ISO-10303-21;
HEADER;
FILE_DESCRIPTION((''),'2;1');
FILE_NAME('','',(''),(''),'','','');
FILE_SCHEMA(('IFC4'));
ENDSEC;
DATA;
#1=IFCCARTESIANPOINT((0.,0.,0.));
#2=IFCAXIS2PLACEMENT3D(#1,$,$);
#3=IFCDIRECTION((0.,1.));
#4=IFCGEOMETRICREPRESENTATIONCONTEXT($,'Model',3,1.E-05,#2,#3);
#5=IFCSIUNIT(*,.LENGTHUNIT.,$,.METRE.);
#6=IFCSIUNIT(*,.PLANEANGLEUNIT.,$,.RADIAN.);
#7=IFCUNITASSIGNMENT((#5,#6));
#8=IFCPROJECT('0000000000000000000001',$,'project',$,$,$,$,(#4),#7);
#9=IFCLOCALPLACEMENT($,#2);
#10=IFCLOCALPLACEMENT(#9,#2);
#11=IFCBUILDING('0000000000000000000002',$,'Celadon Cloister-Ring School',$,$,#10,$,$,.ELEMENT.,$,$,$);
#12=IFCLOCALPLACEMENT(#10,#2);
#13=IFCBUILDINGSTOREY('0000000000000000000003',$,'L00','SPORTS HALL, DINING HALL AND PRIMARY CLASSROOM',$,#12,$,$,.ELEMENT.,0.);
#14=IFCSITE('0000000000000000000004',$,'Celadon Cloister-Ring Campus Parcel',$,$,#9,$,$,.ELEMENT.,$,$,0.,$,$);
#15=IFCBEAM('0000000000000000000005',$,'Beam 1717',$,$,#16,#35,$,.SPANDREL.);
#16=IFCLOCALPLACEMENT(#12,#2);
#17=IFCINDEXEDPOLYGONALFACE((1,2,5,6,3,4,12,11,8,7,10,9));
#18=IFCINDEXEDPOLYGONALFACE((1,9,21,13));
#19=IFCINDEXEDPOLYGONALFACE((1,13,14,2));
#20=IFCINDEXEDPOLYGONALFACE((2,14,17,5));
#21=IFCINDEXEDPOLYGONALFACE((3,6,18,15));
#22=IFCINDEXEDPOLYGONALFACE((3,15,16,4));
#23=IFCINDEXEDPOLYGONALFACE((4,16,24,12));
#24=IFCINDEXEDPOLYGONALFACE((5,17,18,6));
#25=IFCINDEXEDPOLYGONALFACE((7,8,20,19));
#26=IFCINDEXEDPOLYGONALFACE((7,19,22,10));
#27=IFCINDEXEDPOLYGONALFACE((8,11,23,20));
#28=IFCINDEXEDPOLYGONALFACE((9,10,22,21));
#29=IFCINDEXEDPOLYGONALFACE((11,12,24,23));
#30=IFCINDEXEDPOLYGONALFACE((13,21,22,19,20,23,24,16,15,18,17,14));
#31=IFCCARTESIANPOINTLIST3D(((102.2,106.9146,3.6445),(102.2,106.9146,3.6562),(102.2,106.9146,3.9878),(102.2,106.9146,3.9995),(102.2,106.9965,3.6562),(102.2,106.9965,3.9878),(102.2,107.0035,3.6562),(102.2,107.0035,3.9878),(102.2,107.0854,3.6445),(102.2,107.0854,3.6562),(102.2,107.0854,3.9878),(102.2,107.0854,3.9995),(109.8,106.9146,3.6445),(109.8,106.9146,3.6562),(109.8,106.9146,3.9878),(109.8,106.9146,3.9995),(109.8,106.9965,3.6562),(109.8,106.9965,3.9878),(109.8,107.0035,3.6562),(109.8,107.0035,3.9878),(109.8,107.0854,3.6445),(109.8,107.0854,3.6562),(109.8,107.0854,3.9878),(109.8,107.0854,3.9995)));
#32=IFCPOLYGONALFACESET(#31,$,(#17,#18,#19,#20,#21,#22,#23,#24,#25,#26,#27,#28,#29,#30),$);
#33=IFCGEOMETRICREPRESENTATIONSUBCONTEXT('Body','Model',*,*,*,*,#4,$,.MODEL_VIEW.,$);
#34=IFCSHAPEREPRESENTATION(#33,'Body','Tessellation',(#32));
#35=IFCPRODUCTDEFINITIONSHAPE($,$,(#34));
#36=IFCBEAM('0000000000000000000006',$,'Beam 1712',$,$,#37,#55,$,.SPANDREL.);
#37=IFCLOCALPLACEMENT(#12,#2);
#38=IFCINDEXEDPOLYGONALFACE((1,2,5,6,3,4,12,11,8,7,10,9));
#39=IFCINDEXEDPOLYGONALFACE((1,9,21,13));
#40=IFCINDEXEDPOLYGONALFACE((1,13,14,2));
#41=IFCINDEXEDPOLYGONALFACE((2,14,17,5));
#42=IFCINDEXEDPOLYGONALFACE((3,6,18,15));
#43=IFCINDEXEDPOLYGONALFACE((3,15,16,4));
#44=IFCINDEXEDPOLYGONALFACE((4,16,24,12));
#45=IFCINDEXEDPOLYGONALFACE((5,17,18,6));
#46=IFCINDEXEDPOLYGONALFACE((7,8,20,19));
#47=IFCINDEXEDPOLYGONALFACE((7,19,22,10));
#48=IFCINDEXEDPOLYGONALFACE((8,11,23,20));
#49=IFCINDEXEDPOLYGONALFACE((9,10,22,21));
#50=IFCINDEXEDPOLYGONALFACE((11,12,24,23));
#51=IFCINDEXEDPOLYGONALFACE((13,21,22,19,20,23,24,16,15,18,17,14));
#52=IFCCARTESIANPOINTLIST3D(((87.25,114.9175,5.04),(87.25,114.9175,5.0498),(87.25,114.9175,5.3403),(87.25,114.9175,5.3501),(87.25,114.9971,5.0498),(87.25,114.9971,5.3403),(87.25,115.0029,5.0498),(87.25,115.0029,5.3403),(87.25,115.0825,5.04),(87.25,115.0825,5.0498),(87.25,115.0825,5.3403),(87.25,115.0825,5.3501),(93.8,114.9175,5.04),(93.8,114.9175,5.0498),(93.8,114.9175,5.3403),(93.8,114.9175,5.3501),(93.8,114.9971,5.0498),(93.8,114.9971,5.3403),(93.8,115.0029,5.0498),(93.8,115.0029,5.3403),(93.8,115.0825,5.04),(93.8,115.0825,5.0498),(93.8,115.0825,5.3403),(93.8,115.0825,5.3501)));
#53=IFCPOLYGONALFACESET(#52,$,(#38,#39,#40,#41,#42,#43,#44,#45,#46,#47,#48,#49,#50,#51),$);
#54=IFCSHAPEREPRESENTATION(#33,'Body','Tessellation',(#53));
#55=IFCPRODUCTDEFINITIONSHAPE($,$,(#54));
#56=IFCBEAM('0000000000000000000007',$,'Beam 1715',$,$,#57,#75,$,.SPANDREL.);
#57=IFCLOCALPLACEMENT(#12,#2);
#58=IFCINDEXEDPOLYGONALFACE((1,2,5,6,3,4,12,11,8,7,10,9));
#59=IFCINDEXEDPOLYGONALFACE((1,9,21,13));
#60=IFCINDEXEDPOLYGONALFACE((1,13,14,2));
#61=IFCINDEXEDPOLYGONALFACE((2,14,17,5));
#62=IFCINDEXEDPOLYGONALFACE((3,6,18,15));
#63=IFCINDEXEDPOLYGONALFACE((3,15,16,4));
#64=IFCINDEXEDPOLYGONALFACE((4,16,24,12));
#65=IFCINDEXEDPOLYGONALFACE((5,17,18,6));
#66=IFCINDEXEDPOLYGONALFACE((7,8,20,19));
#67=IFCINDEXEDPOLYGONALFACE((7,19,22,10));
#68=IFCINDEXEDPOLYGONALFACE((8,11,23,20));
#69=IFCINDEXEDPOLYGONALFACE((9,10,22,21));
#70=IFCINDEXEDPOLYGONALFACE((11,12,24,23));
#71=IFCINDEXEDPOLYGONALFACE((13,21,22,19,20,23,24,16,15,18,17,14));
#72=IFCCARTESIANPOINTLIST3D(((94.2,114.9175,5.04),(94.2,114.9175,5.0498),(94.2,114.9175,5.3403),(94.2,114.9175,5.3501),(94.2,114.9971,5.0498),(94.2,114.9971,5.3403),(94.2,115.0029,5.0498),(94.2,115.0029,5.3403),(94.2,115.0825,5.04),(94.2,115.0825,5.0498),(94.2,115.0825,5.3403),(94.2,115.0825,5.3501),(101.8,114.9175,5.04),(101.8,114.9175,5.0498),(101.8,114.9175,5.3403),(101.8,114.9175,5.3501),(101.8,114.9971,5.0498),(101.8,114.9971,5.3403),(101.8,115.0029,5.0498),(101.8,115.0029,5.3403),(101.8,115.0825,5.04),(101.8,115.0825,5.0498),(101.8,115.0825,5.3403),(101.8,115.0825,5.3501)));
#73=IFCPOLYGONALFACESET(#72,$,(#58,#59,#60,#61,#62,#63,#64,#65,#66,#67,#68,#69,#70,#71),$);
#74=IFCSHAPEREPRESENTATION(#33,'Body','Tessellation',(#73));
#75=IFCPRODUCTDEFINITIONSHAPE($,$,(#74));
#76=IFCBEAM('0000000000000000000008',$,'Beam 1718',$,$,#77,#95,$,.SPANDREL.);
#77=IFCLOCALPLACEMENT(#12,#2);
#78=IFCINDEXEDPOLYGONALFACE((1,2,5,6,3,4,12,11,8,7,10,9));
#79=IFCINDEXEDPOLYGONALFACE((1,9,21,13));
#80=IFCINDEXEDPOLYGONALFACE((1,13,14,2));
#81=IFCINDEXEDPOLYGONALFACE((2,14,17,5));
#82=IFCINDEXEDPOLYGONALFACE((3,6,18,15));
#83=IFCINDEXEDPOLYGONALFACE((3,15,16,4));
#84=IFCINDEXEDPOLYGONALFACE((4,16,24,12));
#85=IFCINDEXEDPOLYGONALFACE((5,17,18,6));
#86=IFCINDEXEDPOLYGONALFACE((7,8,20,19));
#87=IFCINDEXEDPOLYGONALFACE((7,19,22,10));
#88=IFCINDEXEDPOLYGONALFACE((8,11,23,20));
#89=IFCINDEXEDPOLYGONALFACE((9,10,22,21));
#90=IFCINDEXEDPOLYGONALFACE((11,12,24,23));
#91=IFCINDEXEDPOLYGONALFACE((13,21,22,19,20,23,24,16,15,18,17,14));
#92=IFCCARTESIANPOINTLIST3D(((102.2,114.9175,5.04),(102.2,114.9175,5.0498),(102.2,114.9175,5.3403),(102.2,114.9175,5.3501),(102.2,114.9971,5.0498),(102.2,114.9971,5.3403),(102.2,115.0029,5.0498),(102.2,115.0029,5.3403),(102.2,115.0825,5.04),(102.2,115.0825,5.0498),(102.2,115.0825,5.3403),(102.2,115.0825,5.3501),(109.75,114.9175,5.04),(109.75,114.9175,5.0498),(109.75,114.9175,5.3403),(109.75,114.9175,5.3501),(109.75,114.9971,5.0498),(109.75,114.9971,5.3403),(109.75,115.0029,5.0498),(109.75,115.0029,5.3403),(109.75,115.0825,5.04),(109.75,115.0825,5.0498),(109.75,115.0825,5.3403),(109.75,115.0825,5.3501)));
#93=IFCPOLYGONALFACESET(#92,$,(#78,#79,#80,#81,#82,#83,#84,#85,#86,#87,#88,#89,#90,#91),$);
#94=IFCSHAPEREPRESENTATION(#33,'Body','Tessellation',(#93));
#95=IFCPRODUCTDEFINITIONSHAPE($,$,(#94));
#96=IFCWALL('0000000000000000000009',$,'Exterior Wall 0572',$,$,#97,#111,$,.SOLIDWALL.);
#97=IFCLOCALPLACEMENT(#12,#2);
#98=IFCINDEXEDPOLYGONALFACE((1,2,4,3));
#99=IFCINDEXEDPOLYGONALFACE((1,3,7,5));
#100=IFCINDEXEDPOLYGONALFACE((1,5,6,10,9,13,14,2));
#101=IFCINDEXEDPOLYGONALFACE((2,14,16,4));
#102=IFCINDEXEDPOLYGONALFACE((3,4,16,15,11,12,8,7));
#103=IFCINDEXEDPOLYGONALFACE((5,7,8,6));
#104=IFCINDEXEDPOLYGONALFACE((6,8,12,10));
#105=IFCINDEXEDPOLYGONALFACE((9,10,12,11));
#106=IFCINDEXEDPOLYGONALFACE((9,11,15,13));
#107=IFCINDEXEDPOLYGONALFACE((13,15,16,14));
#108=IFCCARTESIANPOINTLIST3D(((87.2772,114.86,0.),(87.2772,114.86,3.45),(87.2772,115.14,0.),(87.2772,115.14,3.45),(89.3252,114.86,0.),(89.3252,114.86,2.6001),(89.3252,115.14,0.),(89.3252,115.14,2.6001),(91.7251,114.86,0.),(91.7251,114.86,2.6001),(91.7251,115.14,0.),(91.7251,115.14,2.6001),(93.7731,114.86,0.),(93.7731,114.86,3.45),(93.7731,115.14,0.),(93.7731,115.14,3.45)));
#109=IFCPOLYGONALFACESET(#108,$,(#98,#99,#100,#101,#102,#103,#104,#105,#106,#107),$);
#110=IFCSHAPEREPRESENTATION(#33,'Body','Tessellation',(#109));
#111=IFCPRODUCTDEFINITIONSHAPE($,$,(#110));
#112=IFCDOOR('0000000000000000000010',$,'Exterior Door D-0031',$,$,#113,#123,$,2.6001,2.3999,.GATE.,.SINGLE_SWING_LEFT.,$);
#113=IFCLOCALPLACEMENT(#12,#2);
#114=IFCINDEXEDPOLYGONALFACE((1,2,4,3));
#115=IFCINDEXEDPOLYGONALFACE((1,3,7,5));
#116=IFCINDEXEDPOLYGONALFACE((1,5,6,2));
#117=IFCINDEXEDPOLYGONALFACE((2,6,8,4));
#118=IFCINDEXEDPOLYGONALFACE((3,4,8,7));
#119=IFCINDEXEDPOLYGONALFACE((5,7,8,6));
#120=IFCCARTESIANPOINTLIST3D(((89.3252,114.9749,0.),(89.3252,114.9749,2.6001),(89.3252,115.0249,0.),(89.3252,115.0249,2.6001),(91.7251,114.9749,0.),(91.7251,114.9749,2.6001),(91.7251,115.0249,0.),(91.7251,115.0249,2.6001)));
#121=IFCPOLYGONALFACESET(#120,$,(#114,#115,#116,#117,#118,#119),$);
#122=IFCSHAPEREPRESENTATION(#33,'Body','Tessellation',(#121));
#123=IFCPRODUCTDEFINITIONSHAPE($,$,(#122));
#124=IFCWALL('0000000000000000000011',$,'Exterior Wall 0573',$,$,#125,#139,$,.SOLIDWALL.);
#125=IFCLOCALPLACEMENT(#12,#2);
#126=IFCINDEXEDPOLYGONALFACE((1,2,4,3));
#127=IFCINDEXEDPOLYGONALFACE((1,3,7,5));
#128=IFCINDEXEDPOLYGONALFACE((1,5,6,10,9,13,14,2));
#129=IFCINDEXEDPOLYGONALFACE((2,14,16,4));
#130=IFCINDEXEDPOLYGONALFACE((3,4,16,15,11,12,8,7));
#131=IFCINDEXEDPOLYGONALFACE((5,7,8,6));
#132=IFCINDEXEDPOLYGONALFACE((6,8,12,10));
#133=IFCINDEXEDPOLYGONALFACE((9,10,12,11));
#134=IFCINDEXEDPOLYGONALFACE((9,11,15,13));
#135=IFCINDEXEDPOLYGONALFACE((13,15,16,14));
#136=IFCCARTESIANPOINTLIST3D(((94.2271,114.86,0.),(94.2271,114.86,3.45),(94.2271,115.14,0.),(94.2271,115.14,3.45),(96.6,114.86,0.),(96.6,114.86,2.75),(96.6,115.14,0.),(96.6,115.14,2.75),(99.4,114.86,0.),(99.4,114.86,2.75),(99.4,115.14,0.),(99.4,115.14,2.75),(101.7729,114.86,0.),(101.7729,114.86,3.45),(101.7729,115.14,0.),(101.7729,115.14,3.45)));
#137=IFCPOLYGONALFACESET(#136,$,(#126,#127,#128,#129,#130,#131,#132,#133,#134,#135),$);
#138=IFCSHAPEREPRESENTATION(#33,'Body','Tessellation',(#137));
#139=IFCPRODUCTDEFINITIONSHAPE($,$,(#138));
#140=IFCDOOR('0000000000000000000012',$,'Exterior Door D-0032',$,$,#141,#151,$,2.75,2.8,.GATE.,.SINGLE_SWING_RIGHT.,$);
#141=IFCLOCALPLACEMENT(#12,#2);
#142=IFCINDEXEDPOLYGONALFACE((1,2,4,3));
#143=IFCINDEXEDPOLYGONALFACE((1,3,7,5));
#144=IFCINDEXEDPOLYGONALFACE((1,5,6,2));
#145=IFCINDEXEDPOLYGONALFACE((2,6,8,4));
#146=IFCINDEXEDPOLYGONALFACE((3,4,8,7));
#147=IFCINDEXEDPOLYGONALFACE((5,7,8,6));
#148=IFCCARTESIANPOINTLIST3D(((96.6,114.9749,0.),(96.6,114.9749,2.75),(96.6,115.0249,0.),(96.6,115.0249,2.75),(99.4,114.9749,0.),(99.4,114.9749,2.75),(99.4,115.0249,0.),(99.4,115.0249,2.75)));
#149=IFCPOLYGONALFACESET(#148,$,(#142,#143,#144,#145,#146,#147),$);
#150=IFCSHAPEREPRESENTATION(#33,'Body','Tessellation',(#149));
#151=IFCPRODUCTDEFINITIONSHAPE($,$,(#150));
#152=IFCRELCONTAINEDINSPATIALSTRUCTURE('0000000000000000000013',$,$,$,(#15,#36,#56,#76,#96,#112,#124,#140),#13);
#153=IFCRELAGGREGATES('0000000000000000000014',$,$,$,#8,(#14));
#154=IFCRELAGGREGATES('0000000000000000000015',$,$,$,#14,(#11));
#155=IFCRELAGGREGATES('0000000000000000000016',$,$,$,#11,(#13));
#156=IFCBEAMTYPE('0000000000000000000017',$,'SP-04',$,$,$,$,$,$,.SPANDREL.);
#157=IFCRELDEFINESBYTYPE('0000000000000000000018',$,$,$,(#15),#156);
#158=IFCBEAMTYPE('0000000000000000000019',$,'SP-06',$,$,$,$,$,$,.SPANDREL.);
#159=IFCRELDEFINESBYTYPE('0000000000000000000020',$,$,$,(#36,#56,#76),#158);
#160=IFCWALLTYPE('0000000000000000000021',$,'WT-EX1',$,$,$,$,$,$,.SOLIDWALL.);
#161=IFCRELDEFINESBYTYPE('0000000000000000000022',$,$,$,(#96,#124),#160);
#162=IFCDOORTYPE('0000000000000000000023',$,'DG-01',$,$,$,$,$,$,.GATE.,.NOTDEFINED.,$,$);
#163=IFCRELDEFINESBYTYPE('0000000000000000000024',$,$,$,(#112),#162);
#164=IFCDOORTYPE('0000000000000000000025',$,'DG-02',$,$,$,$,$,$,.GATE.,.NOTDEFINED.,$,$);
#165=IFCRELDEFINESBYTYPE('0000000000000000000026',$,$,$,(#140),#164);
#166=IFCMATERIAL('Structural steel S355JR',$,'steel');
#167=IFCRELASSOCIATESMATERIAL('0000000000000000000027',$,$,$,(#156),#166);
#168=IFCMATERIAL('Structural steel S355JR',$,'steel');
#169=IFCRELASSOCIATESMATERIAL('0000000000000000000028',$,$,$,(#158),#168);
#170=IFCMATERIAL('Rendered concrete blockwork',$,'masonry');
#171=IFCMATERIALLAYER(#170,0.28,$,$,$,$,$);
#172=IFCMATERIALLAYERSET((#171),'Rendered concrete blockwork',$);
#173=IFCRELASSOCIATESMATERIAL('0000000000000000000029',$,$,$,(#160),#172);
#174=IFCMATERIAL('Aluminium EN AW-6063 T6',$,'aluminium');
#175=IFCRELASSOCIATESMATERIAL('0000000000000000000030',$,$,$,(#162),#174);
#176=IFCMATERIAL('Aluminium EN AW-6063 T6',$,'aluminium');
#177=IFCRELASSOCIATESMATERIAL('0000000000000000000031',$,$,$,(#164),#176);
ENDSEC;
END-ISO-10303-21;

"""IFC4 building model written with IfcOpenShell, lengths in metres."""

from ifc_helpers import new_model, si_unit, direction, frame, frame_2d, origin, origin_2d, place, context, subcontext, project, spatial, rectangle, i_section, extrude, material, layer, layer_set, material_profile, profile_set, type_object, element, fill, save


model = new_model("IFC4")

# Units and contexts
model_context = context("Model", 3, precision=1e-05, world=origin(), true_north=direction((0.0, 1.0)))
body_context = subcontext(model_context, "Body", "Model", "MODEL_VIEW")
ifc_project = project(units=[si_unit("LENGTHUNIT", "METRE"), si_unit("PLANEANGLEUNIT", "RADIAN")], contexts=[model_context])

# Site, building, storey
site_placement = place(None, origin())
site = spatial("IfcSite", under=ifc_project, at=site_placement, Name="Celadon Cloister-Ring Campus Parcel", CompositionType="ELEMENT", RefElevation=0.0)
building_placement = place(site_placement, origin())
building = spatial("IfcBuilding", under=site, at=building_placement, Name="Celadon Cloister-Ring School", CompositionType="ELEMENT")
storey_placement = place(building_placement, origin())
storey = spatial("IfcBuildingStorey", under=building, at=storey_placement, Name="L00", Description="SPORTS HALL, DINING HALL AND PRIMARY CLASSROOM", CompositionType="ELEMENT", Elevation=0.0)

# Beams
ifc_material_1 = material(Name="Structural steel S355JR", Category="steel")
ifc_material_profile_1 = material_profile(ifc_material_1, i_section(OverallWidth=0.1709, OverallDepth=0.355, WebThickness=0.0071, FlangeThickness=0.0117, at=origin_2d()), Name="W360X51")
ifc_profile_set_1 = profile_set([ifc_material_profile_1], Name="Structural steel S355JR")
beam_type_1 = type_object("IfcBeamType", Name="SP-04", PredefinedType="SPANDREL", material=ifc_profile_set_1)
beam_1_placement = place(storey_placement, frame((102.2, 107.0, 3.822), z_axis=(1.0, 0.0, 0.0), x_axis=(0.0, 1.0, 0.0)))
element("IfcBeam", 1, at=beam_1_placement, inside=storey, type_object=beam_type_1, Name="Beam 1717", PredefinedType="SPANDREL", context=body_context, shape_type="SweptSolid", body=[
    extrude(i_section(OverallWidth=0.1709, OverallDepth=0.355, WebThickness=0.0071, FlangeThickness=0.0117, at=origin_2d()), origin(), (0.0, 0.0, 1.0), 7.6001),
])
ifc_material_2 = material(Name="Structural steel S355JR", Category="steel")
ifc_material_profile_2 = material_profile(ifc_material_2, i_section(OverallWidth=0.165, OverallDepth=0.3101, WebThickness=0.0059, FlangeThickness=0.0098, at=origin_2d()), Name="W310X39")
ifc_profile_set_2 = profile_set([ifc_material_profile_2], Name="Structural steel S355JR")
beam_type_2 = type_object("IfcBeamType", Name="SP-06", PredefinedType="SPANDREL", material=ifc_profile_set_2)
beam_2_placement = place(storey_placement, frame((87.25, 115.0, 5.1951), z_axis=(1.0, 0.0, 0.0), x_axis=(0.0, 1.0, 0.0)))
element("IfcBeam", 2, at=beam_2_placement, inside=storey, type_object=beam_type_2, Name="Beam 1712", PredefinedType="SPANDREL", context=body_context, shape_type="SweptSolid", body=[
    extrude(i_section(OverallWidth=0.165, OverallDepth=0.3101, WebThickness=0.0059, FlangeThickness=0.0098, at=origin_2d()), origin(), (0.0, 0.0, 1.0), 6.55),
])
beam_3_placement = place(storey_placement, frame((94.2, 115.0, 5.1951), z_axis=(1.0, 0.0, 0.0), x_axis=(0.0, 1.0, 0.0)))
element("IfcBeam", 3, at=beam_3_placement, inside=storey, type_object=beam_type_2, Name="Beam 1715", PredefinedType="SPANDREL", context=body_context, shape_type="SweptSolid", body=[
    extrude(i_section(OverallWidth=0.165, OverallDepth=0.3101, WebThickness=0.0059, FlangeThickness=0.0098, at=origin_2d()), origin(), (0.0, 0.0, 1.0), 7.6001),
])
beam_4_placement = place(storey_placement, frame((102.2, 115.0, 5.1951), z_axis=(1.0, 0.0, 0.0), x_axis=(0.0, 1.0, 0.0)))
element("IfcBeam", 4, at=beam_4_placement, inside=storey, type_object=beam_type_2, Name="Beam 1718", PredefinedType="SPANDREL", context=body_context, shape_type="SweptSolid", body=[
    extrude(i_section(OverallWidth=0.165, OverallDepth=0.3101, WebThickness=0.0059, FlangeThickness=0.0098, at=origin_2d()), origin(), (0.0, 0.0, 1.0), 7.55),
])

# Walls, openings, doors
ifc_material_3 = material(Name="Rendered concrete blockwork", Category="masonry")
ifc_layer_1 = layer(ifc_material_3, 0.28)
ifc_layer_set_1 = layer_set([ifc_layer_1], Name="Rendered concrete blockwork")
wall_type_1 = type_object("IfcWallType", Name="WT-EX1", PredefinedType="SOLIDWALL", material=ifc_layer_set_1)
wall_1_placement = place(storey_placement, frame((87.2771, 115.0, 0.0), z_axis=(0.0, 0.0, 1.0), x_axis=(1.0, 0.0, 0.0)))
wall_1 = element("IfcWall", 5, at=wall_1_placement, inside=storey, type_object=wall_type_1, Name="Exterior Wall 0572", PredefinedType="SOLIDWALL", context=body_context, shape_type="SweptSolid", body=[
    extrude(rectangle(XDim=6.4958, YDim=0.28, at=frame_2d((3.248, 0.0))), origin(), (0.0, 0.0, 1.0), 3.45),
])
opening_1_placement = place(wall_1_placement, frame((2.0481, 0.0, 0.0)))
opening_1 = element("IfcOpeningElement", 6, at=opening_1_placement, cuts=wall_1, PredefinedType="OPENING", context=body_context, shape_type="SweptSolid", body=[
    extrude(rectangle(XDim=2.3999, YDim=2.6001, at=frame_2d((1.2, 1.3))), frame((0.0, 0.1499, 0.0), z_axis=(0.0, -1.0, 0.0), x_axis=(1.0, 0.0, 0.0)), (0.0, 0.0, 1.0), 0.3),
])
ifc_material_4 = material(Name="Aluminium EN AW-6063 T6", Category="aluminium")
door_type_1 = type_object("IfcDoorType", Name="DG-01", OperationType="NOTDEFINED", PredefinedType="GATE", material=ifc_material_4)
door_1_placement = place(opening_1_placement, origin())
door_1 = element("IfcDoor", 7, at=door_1_placement, inside=storey, type_object=door_type_1, Name="Exterior Door D-0031", OperationType="SINGLE_SWING_LEFT", OverallHeight=2.6001, OverallWidth=2.3999, PredefinedType="GATE", context=body_context, shape_type="SweptSolid", body=[
    extrude(rectangle(XDim=2.3999, YDim=2.6001, at=frame_2d((1.2, 1.3))), frame((0.0, 0.0249, 0.0), z_axis=(0.0, -1.0, 0.0), x_axis=(1.0, 0.0, 0.0)), (0.0, 0.0, 1.0), 0.05),
])
fill(opening_1, door_1)
wall_2_placement = place(storey_placement, frame((94.2271, 115.0, 0.0), z_axis=(0.0, 0.0, 1.0), x_axis=(1.0, 0.0, 0.0)))
wall_2 = element("IfcWall", 8, at=wall_2_placement, inside=storey, type_object=wall_type_1, Name="Exterior Wall 0573", PredefinedType="SOLIDWALL", context=body_context, shape_type="SweptSolid", body=[
    extrude(rectangle(XDim=7.5459, YDim=0.28, at=frame_2d((3.7729, 0.0))), origin(), (0.0, 0.0, 1.0), 3.45),
])
opening_2_placement = place(wall_2_placement, frame((2.373, 0.0, 0.0)))
opening_2 = element("IfcOpeningElement", 9, at=opening_2_placement, cuts=wall_2, PredefinedType="OPENING", context=body_context, shape_type="SweptSolid", body=[
    extrude(rectangle(XDim=2.8, YDim=2.75, at=frame_2d((1.3999, 1.375))), frame((0.0, 0.1499, 0.0), z_axis=(0.0, -1.0, 0.0), x_axis=(1.0, 0.0, 0.0)), (0.0, 0.0, 1.0), 0.3),
])
ifc_material_5 = material(Name="Aluminium EN AW-6063 T6", Category="aluminium")
door_type_2 = type_object("IfcDoorType", Name="DG-02", OperationType="NOTDEFINED", PredefinedType="GATE", material=ifc_material_5)
door_2_placement = place(opening_2_placement, origin())
door_2 = element("IfcDoor", 10, at=door_2_placement, inside=storey, type_object=door_type_2, Name="Exterior Door D-0032", OperationType="SINGLE_SWING_RIGHT", OverallHeight=2.75, OverallWidth=2.8, PredefinedType="GATE", context=body_context, shape_type="SweptSolid", body=[
    extrude(rectangle(XDim=2.8, YDim=2.75, at=frame_2d((1.3999, 1.375))), frame((0.0, 0.0249, 0.0), z_axis=(0.0, -1.0, 0.0), x_axis=(1.0, 0.0, 0.0)), (0.0, 0.0, 1.0), 0.05),
])
fill(opening_2, door_2)

save(model, "model.ifc")
